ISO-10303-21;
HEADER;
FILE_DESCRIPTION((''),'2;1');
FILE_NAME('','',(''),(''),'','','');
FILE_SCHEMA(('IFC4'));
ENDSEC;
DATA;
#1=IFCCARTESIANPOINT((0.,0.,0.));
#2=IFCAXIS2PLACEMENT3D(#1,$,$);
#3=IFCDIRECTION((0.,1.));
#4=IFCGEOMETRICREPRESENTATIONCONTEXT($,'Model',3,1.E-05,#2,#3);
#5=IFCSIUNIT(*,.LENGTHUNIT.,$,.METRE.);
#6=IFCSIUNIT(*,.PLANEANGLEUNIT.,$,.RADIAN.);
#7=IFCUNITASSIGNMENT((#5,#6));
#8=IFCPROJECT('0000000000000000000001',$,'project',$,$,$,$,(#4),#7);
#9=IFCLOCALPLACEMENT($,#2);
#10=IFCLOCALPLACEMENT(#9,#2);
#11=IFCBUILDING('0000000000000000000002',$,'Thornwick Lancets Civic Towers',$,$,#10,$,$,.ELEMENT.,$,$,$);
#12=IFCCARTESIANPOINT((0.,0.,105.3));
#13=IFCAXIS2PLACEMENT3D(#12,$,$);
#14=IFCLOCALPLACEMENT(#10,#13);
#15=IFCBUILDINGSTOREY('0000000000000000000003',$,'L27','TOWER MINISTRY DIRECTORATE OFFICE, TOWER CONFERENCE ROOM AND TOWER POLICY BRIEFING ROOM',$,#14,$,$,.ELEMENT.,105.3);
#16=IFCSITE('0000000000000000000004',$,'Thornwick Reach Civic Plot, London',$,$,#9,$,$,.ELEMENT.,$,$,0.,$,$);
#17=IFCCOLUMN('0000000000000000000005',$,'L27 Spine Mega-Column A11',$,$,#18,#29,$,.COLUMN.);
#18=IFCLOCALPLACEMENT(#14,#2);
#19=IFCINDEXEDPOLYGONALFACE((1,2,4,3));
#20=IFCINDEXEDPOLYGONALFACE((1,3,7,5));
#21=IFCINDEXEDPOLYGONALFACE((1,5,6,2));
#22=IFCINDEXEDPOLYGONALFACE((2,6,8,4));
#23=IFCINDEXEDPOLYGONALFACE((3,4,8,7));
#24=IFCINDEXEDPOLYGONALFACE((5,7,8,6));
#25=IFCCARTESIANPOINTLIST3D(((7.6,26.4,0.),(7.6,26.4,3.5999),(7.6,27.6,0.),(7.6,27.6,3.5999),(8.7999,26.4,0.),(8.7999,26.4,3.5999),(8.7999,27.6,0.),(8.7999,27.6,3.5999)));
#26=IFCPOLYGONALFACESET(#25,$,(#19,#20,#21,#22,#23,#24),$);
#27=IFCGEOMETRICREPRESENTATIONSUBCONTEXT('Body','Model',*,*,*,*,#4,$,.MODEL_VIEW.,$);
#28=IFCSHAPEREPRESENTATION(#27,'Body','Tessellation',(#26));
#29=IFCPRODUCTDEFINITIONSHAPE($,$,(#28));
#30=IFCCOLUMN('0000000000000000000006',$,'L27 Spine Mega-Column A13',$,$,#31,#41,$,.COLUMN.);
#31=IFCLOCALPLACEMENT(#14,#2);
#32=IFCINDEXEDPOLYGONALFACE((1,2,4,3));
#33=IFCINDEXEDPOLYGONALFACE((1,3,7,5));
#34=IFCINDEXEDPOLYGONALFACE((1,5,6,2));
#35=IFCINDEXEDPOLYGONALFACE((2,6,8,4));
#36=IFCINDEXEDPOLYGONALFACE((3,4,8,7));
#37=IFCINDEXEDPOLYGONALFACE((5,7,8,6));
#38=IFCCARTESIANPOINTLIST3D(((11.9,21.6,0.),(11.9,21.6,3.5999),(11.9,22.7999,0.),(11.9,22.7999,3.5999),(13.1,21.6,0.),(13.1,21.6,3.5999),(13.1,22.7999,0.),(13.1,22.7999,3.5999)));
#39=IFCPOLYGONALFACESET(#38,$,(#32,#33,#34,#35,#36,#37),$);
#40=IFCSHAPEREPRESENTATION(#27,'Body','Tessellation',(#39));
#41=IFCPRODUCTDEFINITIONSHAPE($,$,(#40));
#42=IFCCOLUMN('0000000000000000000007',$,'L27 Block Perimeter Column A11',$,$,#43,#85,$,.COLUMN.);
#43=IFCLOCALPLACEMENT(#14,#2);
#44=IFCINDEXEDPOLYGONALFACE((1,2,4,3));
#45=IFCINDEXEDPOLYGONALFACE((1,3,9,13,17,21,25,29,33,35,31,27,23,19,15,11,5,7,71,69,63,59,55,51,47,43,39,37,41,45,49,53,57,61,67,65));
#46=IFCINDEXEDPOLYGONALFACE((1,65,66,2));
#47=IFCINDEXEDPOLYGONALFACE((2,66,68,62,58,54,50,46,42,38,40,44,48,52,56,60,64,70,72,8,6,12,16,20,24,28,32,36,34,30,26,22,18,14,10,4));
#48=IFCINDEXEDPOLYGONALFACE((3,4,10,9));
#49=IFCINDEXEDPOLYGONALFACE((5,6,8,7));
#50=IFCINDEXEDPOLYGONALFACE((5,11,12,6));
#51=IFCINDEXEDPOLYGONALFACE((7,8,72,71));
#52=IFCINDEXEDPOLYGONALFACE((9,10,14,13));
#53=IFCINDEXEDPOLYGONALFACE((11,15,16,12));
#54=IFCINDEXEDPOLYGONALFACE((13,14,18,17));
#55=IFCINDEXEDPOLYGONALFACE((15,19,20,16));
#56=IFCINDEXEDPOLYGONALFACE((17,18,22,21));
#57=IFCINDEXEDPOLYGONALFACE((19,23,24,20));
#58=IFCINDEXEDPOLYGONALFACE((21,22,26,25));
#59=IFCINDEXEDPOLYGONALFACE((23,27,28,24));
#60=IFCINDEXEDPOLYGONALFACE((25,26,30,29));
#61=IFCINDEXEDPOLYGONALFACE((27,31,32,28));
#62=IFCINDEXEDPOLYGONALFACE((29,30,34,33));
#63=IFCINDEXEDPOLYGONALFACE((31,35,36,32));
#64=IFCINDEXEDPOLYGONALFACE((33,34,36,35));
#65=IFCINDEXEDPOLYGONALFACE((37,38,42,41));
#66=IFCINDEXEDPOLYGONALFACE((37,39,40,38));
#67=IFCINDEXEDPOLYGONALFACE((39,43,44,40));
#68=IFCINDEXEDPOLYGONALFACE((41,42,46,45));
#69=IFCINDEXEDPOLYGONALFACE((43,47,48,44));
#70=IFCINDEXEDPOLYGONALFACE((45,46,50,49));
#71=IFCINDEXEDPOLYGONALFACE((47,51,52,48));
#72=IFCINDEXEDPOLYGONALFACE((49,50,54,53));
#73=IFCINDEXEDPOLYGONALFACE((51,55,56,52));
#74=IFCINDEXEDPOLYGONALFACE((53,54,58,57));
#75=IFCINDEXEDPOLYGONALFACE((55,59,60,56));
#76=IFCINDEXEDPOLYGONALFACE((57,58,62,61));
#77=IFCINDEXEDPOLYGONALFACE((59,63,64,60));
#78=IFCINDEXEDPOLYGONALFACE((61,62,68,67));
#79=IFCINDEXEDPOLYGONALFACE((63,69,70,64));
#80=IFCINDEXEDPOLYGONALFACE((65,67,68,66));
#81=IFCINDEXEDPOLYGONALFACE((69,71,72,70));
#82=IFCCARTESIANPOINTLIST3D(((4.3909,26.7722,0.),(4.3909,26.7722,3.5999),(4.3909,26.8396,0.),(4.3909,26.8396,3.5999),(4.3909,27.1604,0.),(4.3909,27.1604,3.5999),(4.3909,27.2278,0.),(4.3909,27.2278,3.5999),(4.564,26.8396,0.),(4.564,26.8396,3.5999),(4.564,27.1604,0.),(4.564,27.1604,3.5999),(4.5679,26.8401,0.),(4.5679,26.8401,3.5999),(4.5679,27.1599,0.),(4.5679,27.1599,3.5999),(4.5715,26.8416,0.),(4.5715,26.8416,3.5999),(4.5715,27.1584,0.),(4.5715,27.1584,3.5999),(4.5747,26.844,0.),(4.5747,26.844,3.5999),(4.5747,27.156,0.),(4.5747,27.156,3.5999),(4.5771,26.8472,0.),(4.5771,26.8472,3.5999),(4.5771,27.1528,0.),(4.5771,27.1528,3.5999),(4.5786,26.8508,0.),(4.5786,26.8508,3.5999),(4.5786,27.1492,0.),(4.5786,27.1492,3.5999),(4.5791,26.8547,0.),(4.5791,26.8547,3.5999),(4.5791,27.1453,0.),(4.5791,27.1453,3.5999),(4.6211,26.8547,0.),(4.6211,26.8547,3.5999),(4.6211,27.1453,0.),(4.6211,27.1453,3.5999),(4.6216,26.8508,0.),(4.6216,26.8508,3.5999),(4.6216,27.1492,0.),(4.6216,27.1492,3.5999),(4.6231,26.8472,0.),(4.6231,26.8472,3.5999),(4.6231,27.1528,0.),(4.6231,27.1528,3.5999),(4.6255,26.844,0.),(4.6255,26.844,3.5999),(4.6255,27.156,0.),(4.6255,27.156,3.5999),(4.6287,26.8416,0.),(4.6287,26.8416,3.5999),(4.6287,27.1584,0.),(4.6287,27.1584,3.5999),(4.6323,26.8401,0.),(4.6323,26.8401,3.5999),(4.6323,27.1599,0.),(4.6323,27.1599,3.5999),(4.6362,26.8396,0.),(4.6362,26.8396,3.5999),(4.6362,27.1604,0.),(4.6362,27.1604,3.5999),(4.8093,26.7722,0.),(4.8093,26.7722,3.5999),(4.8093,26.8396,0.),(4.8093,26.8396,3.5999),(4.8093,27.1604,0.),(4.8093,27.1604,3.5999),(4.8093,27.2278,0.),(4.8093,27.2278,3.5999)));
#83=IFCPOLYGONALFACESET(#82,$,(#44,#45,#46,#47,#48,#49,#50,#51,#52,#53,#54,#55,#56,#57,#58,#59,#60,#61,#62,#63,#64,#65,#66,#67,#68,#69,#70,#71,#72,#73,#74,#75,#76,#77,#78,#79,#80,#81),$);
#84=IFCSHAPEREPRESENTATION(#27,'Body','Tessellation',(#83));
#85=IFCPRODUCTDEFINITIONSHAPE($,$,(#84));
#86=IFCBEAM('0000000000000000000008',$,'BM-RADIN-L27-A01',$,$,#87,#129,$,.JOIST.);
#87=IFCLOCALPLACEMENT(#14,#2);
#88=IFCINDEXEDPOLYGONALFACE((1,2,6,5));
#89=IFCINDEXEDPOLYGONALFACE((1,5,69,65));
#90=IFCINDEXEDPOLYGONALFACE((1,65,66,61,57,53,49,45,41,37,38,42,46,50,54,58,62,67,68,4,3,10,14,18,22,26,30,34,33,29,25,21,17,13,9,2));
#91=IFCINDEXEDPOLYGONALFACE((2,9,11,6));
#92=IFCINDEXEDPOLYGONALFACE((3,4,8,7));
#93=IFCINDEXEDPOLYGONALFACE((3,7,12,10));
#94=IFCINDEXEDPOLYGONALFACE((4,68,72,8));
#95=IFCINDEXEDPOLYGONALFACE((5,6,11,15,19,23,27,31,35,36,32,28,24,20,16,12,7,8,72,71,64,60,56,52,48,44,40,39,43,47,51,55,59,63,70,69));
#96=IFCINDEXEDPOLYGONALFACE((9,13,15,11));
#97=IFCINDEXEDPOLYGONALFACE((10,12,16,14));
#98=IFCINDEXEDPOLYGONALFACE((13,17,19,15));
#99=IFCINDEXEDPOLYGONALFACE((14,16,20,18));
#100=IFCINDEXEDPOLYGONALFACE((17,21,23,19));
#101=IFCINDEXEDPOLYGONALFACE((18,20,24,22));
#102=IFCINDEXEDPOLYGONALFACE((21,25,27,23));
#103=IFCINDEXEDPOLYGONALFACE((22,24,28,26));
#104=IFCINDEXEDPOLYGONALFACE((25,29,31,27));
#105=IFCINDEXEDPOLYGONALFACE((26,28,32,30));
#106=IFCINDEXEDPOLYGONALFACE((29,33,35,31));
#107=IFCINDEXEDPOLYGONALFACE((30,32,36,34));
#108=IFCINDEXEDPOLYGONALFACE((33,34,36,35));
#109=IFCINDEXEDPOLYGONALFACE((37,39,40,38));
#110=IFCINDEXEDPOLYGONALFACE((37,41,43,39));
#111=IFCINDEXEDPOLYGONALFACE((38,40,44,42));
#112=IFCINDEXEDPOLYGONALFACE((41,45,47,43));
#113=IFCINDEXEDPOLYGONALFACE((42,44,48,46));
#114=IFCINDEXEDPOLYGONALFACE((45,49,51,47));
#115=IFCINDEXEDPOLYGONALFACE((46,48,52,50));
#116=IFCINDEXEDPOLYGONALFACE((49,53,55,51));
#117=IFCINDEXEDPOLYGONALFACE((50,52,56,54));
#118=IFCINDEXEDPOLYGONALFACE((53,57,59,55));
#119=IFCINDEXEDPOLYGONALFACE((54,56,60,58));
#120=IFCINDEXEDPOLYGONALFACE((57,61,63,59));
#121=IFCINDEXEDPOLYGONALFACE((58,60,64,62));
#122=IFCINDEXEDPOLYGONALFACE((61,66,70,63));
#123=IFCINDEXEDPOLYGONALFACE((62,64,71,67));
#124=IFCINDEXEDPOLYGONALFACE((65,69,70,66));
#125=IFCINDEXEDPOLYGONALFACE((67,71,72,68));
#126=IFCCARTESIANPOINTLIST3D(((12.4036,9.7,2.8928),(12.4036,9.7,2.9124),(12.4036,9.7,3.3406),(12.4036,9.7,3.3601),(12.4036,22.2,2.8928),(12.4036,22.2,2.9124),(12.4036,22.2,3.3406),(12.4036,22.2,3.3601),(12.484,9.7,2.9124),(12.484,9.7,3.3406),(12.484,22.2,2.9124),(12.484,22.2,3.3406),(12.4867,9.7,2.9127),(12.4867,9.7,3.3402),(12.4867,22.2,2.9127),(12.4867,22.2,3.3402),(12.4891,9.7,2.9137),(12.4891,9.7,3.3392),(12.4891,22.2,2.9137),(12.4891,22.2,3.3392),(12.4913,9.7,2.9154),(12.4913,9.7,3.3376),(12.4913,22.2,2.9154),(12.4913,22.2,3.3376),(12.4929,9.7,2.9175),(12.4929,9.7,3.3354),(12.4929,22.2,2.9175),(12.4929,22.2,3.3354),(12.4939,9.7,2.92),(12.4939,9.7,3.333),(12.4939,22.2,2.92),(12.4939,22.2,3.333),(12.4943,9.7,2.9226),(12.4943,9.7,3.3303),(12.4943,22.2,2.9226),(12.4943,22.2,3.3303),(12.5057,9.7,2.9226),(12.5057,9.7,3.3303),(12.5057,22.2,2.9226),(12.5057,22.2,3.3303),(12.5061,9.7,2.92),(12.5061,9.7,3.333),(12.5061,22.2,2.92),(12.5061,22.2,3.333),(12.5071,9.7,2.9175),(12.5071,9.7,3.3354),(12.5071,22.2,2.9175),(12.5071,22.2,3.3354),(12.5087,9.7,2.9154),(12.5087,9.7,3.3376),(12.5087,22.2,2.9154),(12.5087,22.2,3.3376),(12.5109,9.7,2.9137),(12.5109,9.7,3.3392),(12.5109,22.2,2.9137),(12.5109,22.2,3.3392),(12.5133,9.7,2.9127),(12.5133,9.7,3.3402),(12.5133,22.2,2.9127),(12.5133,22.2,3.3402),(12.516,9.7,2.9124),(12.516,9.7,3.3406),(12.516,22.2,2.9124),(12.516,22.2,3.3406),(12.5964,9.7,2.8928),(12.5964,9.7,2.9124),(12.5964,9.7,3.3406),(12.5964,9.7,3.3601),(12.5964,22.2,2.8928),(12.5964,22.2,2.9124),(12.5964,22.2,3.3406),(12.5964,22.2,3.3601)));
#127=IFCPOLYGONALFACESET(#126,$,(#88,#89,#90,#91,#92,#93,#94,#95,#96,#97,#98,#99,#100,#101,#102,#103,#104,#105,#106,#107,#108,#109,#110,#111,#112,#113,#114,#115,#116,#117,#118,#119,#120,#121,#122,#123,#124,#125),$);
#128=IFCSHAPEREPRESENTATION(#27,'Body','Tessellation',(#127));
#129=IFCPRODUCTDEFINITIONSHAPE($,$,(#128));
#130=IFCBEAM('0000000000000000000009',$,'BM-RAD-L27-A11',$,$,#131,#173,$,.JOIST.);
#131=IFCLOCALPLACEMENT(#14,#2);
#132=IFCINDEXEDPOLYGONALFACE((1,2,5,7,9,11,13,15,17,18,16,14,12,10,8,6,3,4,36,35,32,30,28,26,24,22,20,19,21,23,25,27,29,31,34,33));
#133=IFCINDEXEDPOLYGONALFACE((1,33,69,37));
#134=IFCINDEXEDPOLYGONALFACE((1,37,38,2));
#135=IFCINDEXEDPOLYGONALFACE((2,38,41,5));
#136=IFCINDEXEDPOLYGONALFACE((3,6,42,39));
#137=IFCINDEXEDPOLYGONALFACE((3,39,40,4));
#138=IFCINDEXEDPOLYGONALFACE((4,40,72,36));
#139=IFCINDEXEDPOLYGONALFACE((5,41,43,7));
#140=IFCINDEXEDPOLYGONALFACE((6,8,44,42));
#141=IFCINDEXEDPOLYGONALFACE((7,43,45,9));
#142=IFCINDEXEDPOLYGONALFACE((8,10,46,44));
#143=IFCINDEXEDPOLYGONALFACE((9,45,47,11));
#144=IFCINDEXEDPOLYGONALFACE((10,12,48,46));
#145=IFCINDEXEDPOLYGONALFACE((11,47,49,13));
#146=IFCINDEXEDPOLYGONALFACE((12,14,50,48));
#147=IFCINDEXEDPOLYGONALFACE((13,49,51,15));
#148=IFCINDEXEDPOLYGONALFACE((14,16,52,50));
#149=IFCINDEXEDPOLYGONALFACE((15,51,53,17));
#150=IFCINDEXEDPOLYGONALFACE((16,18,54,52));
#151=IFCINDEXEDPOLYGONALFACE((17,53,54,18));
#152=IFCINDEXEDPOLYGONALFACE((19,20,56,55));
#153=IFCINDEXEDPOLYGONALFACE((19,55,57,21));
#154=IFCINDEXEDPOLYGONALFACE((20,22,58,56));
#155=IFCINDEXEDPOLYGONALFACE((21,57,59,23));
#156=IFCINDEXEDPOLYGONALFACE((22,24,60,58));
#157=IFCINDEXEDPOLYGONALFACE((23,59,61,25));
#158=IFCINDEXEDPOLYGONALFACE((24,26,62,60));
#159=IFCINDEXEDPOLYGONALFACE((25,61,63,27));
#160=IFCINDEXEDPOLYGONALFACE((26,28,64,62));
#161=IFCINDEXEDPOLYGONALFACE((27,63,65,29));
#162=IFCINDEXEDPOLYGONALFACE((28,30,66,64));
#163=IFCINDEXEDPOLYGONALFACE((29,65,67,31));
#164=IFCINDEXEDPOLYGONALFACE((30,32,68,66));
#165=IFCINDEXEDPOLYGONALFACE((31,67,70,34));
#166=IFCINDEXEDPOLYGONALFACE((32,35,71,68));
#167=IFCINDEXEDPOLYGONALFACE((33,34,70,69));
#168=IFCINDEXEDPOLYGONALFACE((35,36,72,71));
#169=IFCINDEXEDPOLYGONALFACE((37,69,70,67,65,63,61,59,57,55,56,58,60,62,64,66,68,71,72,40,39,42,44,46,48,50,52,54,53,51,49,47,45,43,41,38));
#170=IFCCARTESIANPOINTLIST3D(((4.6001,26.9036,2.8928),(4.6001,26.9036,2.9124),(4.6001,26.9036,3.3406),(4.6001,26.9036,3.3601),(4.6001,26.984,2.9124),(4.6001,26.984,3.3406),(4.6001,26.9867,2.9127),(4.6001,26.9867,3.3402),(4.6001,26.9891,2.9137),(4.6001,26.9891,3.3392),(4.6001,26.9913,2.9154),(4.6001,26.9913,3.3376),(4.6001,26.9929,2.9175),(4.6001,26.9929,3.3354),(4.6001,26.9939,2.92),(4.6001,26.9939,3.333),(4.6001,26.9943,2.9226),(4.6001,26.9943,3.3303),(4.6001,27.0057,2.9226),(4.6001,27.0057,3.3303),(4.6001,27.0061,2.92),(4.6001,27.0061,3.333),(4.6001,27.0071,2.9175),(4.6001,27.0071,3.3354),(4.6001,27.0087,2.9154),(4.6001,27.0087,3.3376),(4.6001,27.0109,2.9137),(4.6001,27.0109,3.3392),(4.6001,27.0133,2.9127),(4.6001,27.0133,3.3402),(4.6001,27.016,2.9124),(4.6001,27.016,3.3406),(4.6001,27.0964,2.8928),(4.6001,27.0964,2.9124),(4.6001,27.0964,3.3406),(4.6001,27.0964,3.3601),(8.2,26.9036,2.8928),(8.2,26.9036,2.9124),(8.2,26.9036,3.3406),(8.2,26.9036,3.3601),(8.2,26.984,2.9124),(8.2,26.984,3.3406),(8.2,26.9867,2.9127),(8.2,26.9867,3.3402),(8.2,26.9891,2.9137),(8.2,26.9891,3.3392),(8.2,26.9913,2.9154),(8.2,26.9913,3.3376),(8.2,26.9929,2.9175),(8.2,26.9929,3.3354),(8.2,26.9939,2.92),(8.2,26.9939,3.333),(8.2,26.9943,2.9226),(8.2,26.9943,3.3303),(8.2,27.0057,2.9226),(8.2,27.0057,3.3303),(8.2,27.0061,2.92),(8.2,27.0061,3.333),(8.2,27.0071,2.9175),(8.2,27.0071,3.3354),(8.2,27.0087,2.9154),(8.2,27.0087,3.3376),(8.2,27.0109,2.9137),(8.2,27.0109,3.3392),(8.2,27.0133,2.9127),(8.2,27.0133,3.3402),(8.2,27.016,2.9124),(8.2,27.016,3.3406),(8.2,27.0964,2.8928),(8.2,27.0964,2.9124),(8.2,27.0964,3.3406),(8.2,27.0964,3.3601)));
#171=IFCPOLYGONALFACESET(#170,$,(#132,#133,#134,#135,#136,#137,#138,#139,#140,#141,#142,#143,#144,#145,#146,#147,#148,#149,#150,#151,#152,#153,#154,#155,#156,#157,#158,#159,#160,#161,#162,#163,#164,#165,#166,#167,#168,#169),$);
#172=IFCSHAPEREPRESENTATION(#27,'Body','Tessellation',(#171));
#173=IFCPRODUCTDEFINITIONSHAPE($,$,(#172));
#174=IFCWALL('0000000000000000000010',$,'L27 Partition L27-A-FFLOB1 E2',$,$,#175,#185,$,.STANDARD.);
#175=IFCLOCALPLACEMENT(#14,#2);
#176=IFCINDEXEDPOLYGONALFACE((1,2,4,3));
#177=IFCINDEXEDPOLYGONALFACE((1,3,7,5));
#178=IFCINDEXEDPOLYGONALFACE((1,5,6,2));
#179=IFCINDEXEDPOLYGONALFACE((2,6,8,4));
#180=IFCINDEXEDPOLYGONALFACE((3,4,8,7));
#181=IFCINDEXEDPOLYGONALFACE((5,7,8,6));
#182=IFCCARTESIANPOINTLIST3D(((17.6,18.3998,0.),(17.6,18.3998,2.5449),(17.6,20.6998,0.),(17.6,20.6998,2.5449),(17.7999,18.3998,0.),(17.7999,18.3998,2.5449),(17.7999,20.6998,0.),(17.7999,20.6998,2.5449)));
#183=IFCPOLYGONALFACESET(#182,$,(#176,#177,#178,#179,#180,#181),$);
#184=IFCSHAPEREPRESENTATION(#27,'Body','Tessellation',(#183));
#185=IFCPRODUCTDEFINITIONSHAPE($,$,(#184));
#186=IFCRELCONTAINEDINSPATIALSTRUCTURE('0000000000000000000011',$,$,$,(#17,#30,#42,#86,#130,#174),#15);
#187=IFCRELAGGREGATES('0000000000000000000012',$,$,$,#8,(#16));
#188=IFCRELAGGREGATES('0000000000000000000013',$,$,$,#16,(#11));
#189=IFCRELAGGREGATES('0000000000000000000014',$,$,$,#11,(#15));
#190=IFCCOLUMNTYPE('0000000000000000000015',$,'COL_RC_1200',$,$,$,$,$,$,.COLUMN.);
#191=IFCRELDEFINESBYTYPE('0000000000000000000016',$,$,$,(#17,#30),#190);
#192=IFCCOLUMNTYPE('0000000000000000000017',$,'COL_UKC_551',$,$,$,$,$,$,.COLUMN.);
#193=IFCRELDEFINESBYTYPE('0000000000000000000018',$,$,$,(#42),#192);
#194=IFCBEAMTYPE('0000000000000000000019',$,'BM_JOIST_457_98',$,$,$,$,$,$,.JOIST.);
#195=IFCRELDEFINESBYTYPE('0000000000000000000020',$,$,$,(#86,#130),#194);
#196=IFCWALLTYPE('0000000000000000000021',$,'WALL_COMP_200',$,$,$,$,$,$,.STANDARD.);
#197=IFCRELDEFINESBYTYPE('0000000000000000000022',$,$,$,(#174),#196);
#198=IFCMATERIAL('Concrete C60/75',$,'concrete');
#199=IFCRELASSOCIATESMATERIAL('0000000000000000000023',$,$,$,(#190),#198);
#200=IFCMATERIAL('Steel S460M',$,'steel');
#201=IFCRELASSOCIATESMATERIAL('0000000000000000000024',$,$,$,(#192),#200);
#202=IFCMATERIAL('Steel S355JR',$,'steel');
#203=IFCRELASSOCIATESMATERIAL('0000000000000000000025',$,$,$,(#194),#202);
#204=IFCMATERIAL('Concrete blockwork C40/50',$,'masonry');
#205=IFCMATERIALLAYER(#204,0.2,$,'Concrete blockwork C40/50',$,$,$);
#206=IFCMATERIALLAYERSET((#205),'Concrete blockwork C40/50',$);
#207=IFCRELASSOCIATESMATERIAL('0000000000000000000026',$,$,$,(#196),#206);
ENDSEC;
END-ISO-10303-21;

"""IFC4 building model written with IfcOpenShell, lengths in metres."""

from ifc_helpers import new_model, si_unit, direction, frame, frame_2d, origin, origin_2d, place, context, subcontext, project, spatial, rectangle, i_section, extrude, material, layer, layer_set, material_profile, profile_set, type_object, element, save


model = new_model("IFC4")

# Units and contexts
model_context = context("Model", 3, precision=1e-05, world=origin(), true_north=direction((0.0, 1.0)))
body_context = subcontext(model_context, "Body", "Model", "MODEL_VIEW")
ifc_project = project(units=[si_unit("LENGTHUNIT", "METRE"), si_unit("PLANEANGLEUNIT", "RADIAN")], contexts=[model_context])

# Site, building, storey
site_placement = place(None, origin())
site = spatial("IfcSite", under=ifc_project, at=site_placement, Name="Thornwick Reach Civic Plot, London", CompositionType="ELEMENT", RefElevation=0.0)
building_placement = place(site_placement, origin())
building = spatial("IfcBuilding", under=site, at=building_placement, Name="Thornwick Lancets Civic Towers", CompositionType="ELEMENT")
storey_placement = place(building_placement, frame((0.0, 0.0, 105.3)))
storey = spatial("IfcBuildingStorey", under=building, at=storey_placement, Name="L27", Description="TOWER MINISTRY DIRECTORATE OFFICE, TOWER CONFERENCE ROOM AND TOWER POLICY BRIEFING ROOM", CompositionType="ELEMENT", Elevation=105.3)

# Columns
ifc_material_1 = material(Name="Concrete C60/75", Category="concrete")
ifc_material_profile_1 = material_profile(ifc_material_1, rectangle(XDim=1.2, YDim=1.2, at=origin_2d()), Name="RC 1200x1200")
ifc_profile_set_1 = profile_set([ifc_material_profile_1], Name="Concrete C60/75")
column_type_1 = type_object("IfcColumnType", Name="COL_RC_1200", PredefinedType="COLUMN", material=ifc_profile_set_1)
for number, where, z_axis, x_axis, name in (
    (1, (8.2, 27.0, 0.0), (0.0, 0.0, 1.0), (1.0, 0.0, 0.0), "L27 Spine Mega-Column A11"),
    (2, (12.5, 22.2, 0.0), (0.0, 0.0, 1.0), (1.0, 0.0, 0.0), "L27 Spine Mega-Column A13"),
):
    element("IfcColumn", number, at=place(storey_placement, frame(where, z_axis=z_axis, x_axis=x_axis)), inside=storey, type_object=column_type_1, Name=name, PredefinedType="COLUMN", context=body_context, shape_type="SweptSolid", body=[
        extrude(rectangle(XDim=1.2, YDim=1.2, at=origin_2d()), origin(), (0.0, 0.0, 1.0), 3.5999),
    ])
ifc_material_2 = material(Name="Steel S460M", Category="steel")
ifc_material_profile_2 = material_profile(ifc_material_2, i_section(OverallWidth=0.4185, OverallDepth=0.4556, WebThickness=0.042, FlangeThickness=0.0674, FilletRadius=0.0151, at=origin_2d()), Name="UKC 356x406x551")
ifc_profile_set_2 = profile_set([ifc_material_profile_2], Name="Steel S460M")
column_type_2 = type_object("IfcColumnType", Name="COL_UKC_551", PredefinedType="COLUMN", material=ifc_profile_set_2)
column_placement = place(storey_placement, frame((4.6001, 27.0, 0.0), z_axis=(0.0, 0.0, 1.0), x_axis=(1.0, 0.0, 0.0)))
element("IfcColumn", 3, at=column_placement, inside=storey, type_object=column_type_2, Name="L27 Block Perimeter Column A11", PredefinedType="COLUMN", context=body_context, shape_type="SweptSolid", body=[
    extrude(i_section(OverallWidth=0.4185, OverallDepth=0.4556, WebThickness=0.042, FlangeThickness=0.0674, FilletRadius=0.0151, at=origin_2d()), origin(), (0.0, 0.0, 1.0), 3.5999),
])

# Beams
ifc_material_3 = material(Name="Steel S355JR", Category="steel")
ifc_material_profile_3 = material_profile(ifc_material_3, i_section(OverallWidth=0.1929, OverallDepth=0.4673, WebThickness=0.0115, FlangeThickness=0.0195, FilletRadius=0.0103, at=origin_2d()), Name="UKB 457x191x98")
ifc_profile_set_3 = profile_set([ifc_material_profile_3], Name="Steel S355JR")
beam_type = type_object("IfcBeamType", Name="BM_JOIST_457_98", PredefinedType="JOIST", material=ifc_profile_set_3)
beam_1_placement = place(storey_placement, frame((12.5, 22.2, 3.1265), z_axis=(0.0, -1.0, 0.0), x_axis=(1.0, 0.0, 0.0)))
element("IfcBeam", 4, at=beam_1_placement, inside=storey, type_object=beam_type, Name="BM-RADIN-L27-A01", PredefinedType="JOIST", context=body_context, shape_type="SweptSolid", body=[
    extrude(i_section(OverallWidth=0.1929, OverallDepth=0.4673, WebThickness=0.0115, FlangeThickness=0.0195, FilletRadius=0.0103, at=origin_2d()), origin(), (0.0, 0.0, 1.0), 12.5),
])
beam_2_placement = place(storey_placement, frame((8.2, 27.0, 3.1265), z_axis=(-1.0, 0.0, 0.0), x_axis=(0.0, -1.0, 0.0)))
element("IfcBeam", 5, at=beam_2_placement, inside=storey, type_object=beam_type, Name="BM-RAD-L27-A11", PredefinedType="JOIST", context=body_context, shape_type="SweptSolid", body=[
    extrude(i_section(OverallWidth=0.1929, OverallDepth=0.4673, WebThickness=0.0115, FlangeThickness=0.0195, FilletRadius=0.0103, at=origin_2d()), origin(), (0.0, 0.0, 1.0), 3.5999),
])

# Wall
ifc_material_4 = material(Name="Concrete blockwork C40/50", Category="masonry")
ifc_layer_1 = layer(ifc_material_4, 0.2, Name="Concrete blockwork C40/50")
ifc_layer_set_1 = layer_set([ifc_layer_1], Name="Concrete blockwork C40/50")
wall_type_1 = type_object("IfcWallType", Name="WALL_COMP_200", PredefinedType="STANDARD", material=ifc_layer_set_1)
wall_1_placement = place(storey_placement, frame((17.7, 18.3999, 0.0), z_axis=(0.0, 0.0, 1.0), x_axis=(0.0, 1.0, 0.0)))
element("IfcWall", 6, at=wall_1_placement, inside=storey, type_object=wall_type_1, Name="L27 Partition L27-A-FFLOB1 E2", PredefinedType="STANDARD", context=body_context, shape_type="SweptSolid", body=[
    extrude(rectangle(XDim=2.3, YDim=0.2, at=frame_2d((1.1499, 0.0))), origin(), (0.0, 0.0, 1.0), 2.5449),
])

save(model, "model.ifc")
